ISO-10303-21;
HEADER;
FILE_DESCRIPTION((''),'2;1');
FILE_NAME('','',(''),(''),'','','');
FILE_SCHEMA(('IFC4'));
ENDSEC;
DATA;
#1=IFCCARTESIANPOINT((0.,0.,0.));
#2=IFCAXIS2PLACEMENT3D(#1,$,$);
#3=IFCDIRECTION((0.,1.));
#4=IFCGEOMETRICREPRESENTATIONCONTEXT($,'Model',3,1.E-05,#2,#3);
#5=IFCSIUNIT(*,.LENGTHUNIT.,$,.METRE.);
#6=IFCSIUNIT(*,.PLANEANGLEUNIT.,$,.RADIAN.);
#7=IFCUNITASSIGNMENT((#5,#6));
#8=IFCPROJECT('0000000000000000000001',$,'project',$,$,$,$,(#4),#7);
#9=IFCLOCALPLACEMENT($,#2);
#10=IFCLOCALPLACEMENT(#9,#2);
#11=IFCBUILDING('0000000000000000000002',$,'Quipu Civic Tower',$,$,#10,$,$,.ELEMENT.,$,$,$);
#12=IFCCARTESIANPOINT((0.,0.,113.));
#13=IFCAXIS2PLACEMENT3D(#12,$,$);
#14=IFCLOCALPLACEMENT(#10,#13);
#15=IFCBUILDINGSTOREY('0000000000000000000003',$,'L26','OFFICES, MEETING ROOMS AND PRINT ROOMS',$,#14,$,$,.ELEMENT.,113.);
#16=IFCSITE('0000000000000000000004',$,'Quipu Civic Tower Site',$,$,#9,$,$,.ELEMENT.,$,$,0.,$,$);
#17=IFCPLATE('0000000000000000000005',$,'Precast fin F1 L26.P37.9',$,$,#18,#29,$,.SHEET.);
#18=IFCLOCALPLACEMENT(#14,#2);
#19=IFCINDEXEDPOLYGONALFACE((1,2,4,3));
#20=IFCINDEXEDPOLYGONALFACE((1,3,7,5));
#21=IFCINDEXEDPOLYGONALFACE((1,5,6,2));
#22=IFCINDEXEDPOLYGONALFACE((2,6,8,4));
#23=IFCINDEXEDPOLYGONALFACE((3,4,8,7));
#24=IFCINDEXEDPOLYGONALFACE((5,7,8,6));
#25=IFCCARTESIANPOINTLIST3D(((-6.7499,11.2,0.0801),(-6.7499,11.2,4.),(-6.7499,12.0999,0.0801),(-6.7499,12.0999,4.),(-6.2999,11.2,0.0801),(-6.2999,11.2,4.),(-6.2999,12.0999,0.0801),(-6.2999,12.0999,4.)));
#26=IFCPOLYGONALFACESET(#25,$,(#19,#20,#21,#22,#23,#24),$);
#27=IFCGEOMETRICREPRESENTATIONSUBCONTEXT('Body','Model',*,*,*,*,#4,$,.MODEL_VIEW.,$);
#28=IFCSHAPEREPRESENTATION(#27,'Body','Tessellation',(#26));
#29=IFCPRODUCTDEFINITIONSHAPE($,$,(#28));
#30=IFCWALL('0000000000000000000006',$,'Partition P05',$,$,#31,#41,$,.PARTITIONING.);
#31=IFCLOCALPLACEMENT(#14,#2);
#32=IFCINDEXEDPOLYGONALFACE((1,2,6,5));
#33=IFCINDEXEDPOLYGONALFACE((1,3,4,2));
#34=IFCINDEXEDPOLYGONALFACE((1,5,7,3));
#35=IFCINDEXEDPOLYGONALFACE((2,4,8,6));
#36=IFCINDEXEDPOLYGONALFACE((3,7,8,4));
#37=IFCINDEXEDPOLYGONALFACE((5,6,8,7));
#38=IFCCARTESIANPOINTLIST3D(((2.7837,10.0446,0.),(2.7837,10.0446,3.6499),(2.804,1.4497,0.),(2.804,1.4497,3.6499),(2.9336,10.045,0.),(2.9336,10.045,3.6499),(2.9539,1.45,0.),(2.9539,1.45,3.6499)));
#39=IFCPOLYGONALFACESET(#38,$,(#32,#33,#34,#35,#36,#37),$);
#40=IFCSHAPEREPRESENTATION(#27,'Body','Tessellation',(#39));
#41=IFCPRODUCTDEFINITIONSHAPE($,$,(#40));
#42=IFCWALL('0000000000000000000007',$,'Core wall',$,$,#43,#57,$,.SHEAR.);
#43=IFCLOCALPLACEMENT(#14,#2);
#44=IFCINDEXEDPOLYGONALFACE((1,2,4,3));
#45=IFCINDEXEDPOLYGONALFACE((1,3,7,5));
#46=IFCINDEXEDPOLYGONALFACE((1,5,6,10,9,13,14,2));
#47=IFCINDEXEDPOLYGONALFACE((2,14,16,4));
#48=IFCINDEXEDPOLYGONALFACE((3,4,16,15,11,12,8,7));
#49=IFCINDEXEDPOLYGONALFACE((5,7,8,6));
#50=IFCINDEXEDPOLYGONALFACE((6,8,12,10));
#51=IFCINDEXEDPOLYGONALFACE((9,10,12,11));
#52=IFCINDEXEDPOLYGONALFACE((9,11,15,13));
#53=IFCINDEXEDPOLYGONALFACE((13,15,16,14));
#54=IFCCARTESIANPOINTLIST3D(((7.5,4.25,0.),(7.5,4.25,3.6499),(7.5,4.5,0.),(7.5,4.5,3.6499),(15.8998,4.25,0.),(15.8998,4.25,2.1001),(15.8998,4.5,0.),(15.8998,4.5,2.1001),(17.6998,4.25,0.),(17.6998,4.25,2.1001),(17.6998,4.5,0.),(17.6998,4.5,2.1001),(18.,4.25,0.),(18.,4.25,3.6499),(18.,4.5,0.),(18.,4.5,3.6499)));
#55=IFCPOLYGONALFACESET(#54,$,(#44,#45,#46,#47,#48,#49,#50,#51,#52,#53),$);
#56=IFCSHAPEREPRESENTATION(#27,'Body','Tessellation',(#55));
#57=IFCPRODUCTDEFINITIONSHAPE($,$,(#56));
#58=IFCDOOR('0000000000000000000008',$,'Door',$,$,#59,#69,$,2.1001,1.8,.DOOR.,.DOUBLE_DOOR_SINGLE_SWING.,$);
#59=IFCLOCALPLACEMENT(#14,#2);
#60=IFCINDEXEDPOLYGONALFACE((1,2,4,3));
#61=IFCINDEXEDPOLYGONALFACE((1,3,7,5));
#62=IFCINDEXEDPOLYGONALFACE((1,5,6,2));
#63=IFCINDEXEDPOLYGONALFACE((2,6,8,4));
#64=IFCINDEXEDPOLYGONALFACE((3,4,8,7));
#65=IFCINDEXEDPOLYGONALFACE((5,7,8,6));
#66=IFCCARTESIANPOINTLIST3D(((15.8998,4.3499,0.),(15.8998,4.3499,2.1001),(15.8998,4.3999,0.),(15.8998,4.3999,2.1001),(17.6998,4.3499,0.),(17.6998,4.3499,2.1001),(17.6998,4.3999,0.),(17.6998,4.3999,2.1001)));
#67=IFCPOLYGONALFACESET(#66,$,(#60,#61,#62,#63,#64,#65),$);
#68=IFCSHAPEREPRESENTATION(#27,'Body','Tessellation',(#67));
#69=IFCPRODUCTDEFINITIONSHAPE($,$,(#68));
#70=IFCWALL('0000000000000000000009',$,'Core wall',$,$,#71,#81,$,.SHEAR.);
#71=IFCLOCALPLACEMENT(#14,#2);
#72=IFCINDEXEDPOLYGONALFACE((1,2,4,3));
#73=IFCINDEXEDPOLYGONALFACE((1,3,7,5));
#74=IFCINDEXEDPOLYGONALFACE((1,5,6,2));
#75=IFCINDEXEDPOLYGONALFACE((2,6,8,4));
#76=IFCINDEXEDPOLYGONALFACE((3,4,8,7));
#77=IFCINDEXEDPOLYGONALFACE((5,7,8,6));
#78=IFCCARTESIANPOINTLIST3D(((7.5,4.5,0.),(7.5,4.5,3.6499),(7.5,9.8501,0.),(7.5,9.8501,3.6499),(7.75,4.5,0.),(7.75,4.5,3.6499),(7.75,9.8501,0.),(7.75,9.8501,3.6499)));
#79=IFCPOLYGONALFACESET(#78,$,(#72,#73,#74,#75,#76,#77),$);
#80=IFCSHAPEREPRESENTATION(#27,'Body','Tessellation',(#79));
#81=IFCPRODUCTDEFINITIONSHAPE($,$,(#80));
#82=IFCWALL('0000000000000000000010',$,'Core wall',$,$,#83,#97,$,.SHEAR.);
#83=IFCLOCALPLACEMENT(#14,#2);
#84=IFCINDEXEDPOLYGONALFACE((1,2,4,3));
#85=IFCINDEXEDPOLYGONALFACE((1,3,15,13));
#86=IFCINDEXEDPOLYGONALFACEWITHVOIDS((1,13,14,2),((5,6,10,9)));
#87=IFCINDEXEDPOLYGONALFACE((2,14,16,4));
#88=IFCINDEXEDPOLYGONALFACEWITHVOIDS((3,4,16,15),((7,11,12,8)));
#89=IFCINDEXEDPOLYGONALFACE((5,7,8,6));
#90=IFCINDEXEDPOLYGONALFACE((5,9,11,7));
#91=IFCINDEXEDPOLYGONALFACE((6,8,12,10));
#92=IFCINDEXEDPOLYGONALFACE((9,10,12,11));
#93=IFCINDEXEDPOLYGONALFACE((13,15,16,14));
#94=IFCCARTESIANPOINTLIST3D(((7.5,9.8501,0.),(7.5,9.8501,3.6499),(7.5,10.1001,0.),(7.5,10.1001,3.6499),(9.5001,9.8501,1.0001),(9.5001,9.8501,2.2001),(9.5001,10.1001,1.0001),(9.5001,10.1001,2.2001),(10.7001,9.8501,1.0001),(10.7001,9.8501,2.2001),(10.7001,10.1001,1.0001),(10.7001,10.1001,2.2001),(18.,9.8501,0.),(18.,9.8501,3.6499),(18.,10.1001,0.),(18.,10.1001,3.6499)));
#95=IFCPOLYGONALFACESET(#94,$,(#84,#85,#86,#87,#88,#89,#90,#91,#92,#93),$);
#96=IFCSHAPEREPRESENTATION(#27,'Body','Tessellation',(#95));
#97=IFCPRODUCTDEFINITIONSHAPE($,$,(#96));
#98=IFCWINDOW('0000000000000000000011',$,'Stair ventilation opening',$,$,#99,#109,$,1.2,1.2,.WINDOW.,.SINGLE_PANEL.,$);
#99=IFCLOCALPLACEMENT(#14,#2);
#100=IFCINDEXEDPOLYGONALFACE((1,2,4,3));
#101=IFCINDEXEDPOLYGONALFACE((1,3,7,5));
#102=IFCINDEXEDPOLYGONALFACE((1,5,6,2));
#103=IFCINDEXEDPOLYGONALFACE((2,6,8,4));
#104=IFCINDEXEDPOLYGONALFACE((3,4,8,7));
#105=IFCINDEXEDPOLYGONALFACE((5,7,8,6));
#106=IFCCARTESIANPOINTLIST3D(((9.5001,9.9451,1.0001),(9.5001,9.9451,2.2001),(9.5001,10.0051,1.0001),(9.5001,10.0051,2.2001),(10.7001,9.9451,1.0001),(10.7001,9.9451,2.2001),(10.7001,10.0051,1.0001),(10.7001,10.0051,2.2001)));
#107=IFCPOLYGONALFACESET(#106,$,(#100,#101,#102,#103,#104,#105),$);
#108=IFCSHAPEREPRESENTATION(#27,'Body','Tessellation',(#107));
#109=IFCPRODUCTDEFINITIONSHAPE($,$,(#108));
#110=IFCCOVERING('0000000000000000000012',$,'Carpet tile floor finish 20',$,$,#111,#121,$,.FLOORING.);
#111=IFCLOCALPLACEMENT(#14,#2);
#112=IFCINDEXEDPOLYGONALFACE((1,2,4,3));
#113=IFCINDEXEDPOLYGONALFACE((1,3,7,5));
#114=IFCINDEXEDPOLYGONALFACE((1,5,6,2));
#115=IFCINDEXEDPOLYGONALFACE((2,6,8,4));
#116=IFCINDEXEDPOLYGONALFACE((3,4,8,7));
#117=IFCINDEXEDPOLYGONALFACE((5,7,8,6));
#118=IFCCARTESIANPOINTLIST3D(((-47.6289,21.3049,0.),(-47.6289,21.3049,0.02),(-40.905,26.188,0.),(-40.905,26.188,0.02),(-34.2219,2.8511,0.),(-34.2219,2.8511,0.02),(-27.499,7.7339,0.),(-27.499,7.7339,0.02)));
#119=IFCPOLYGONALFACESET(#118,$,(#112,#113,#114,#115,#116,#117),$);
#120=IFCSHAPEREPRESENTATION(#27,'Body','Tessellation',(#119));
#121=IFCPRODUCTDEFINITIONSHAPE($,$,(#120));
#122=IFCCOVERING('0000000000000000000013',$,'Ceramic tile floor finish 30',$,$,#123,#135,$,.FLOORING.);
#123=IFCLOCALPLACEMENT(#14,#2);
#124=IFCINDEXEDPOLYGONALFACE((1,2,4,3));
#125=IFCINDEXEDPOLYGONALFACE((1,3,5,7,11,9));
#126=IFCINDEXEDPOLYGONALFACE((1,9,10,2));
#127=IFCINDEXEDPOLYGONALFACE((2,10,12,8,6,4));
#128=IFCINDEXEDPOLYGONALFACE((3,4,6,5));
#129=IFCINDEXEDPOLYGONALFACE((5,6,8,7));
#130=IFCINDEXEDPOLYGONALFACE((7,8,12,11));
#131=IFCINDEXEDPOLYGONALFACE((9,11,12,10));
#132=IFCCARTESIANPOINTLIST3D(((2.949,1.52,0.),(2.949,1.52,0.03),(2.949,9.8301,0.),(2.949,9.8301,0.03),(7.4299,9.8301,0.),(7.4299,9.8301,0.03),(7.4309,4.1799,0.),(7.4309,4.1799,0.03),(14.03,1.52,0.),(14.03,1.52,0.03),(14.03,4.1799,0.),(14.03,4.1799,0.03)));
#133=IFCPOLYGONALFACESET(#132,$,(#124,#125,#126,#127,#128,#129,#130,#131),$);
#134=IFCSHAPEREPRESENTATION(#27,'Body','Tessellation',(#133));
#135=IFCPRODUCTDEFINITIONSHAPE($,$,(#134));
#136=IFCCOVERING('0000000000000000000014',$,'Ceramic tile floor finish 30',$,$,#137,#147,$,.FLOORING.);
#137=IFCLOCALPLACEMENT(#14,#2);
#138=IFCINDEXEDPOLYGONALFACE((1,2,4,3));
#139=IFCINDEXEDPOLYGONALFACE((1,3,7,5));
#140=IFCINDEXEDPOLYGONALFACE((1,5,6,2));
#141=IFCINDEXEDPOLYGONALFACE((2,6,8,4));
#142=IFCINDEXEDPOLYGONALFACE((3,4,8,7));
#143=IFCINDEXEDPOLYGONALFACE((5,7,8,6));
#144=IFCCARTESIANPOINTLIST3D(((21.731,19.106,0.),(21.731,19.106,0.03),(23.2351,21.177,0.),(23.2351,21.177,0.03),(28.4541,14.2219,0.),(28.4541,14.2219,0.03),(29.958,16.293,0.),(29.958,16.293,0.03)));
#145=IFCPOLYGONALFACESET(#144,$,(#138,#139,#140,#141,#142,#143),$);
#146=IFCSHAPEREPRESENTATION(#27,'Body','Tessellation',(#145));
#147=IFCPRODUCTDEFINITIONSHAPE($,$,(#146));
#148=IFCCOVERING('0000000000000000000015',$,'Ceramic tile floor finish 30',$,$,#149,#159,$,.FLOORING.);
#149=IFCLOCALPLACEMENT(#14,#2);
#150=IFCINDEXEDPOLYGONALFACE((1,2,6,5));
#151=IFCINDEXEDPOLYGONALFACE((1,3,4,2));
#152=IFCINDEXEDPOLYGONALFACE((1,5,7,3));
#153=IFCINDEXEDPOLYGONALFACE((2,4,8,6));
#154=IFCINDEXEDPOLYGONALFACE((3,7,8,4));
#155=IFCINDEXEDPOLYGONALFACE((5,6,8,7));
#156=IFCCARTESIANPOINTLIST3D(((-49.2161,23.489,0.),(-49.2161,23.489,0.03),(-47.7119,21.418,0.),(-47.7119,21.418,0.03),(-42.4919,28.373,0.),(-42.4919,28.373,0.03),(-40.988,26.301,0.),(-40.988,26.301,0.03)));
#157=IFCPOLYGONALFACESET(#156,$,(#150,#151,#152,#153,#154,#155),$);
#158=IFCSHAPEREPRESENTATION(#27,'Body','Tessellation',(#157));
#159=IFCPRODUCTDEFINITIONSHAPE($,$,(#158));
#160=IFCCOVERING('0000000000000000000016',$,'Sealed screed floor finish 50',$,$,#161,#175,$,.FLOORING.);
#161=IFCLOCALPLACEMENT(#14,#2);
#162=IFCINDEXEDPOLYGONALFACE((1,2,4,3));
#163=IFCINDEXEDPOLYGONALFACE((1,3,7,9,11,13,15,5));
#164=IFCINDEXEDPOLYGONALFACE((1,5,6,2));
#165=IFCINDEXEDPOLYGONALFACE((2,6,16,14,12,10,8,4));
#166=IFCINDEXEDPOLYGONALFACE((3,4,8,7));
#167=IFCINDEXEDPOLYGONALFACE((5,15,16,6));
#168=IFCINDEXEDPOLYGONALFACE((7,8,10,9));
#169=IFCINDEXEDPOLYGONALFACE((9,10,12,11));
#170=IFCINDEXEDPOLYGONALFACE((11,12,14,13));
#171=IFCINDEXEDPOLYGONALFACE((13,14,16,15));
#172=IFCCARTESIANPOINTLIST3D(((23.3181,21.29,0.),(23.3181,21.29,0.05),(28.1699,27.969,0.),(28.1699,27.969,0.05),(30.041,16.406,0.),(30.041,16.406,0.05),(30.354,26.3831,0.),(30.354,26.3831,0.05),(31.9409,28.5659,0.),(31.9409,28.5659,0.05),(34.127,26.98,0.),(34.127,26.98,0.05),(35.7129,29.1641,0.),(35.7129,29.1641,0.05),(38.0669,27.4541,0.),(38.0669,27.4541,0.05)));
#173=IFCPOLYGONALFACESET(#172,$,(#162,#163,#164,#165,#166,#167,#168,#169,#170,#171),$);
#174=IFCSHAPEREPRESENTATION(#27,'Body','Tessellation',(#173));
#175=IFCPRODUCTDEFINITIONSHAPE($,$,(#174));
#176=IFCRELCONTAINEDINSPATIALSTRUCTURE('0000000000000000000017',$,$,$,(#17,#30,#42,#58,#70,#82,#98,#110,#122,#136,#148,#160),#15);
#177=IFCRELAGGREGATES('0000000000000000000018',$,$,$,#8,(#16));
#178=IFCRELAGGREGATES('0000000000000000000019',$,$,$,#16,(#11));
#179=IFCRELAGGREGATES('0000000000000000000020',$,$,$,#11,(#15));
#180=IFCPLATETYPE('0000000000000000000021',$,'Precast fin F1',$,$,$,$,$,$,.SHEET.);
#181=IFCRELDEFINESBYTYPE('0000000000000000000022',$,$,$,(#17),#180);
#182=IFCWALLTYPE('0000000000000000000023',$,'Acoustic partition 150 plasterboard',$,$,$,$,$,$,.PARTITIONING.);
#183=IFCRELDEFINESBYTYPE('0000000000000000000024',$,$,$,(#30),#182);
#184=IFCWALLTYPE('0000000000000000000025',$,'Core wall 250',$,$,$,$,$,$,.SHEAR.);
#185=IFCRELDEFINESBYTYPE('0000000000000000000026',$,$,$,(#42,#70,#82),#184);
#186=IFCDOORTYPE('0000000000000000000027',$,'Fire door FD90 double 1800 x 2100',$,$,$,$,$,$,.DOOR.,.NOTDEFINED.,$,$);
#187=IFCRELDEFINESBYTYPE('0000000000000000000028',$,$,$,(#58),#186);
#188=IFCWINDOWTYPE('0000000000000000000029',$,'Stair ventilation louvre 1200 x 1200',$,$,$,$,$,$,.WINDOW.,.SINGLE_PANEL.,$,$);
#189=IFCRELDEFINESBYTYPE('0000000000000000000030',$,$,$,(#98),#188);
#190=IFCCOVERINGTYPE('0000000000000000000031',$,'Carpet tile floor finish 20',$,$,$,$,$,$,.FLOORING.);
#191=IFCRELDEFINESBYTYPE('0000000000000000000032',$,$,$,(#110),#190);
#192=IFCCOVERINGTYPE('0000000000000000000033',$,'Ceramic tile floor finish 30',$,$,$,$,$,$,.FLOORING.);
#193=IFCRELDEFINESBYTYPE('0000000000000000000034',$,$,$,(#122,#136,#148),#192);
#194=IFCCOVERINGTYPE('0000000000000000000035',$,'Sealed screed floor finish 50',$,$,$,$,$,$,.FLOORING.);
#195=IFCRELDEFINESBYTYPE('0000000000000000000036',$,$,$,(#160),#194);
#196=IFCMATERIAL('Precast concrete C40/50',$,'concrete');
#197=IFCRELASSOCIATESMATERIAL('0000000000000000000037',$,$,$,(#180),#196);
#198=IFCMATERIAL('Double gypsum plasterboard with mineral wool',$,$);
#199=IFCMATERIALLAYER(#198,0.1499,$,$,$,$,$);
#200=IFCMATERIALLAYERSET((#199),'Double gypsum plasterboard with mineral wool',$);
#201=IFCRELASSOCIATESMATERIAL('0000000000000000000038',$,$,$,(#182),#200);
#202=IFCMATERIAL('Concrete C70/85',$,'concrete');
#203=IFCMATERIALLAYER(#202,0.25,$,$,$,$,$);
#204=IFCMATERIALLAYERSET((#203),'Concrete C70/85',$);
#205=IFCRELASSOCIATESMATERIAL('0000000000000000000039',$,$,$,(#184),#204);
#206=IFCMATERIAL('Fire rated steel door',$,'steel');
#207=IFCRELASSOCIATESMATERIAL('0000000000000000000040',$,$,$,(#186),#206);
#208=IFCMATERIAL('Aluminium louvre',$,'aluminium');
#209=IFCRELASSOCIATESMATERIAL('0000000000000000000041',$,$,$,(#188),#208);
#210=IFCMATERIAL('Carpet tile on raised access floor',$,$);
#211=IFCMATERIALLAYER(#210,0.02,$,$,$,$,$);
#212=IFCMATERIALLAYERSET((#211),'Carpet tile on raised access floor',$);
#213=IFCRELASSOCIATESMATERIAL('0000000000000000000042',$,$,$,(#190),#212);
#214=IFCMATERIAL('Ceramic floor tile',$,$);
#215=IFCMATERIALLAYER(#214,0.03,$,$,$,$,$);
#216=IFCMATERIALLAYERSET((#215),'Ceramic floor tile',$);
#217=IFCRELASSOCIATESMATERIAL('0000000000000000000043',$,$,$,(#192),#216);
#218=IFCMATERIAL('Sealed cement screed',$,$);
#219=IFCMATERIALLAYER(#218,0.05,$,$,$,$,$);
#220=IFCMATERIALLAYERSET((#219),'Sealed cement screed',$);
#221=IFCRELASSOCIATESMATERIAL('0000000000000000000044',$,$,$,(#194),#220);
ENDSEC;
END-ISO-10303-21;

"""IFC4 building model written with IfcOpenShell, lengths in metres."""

from ifc_helpers import new_model, si_unit, direction, frame, frame_2d, origin, origin_2d, place, context, subcontext, project, spatial, polyline, rectangle, outline, extrude, material, layer, layer_set, type_object, element, fill, save


model = new_model("IFC4")

# Units and contexts
model_context = context("Model", 3, precision=1e-05, world=origin(), true_north=direction((0.0, 1.0)))
body_context = subcontext(model_context, "Body", "Model", "MODEL_VIEW")
ifc_project = project(units=[si_unit("LENGTHUNIT", "METRE"), si_unit("PLANEANGLEUNIT", "RADIAN")], contexts=[model_context])

# Site, building, storey
site_placement = place(None, origin())
site = spatial("IfcSite", under=ifc_project, at=site_placement, Name="Quipu Civic Tower Site", CompositionType="ELEMENT", RefElevation=0.0)
building_placement = place(site_placement, origin())
building = spatial("IfcBuilding", under=site, at=building_placement, Name="Quipu Civic Tower", CompositionType="ELEMENT")
storey_placement = place(building_placement, frame((0.0, 0.0, 113.0)))
storey = spatial("IfcBuildingStorey", under=building, at=storey_placement, Name="L26", Description="OFFICES, MEETING ROOMS AND PRINT ROOMS", CompositionType="ELEMENT", Elevation=113.0)

# Plate
ifc_material_1 = material(Name="Precast concrete C40/50", Category="concrete")
plate_type_1 = type_object("IfcPlateType", Name="Precast fin F1", PredefinedType="SHEET", material=ifc_material_1)
for number, where, z_axis, x_axis, name in (
    (1, (-6.5249, 11.6499, 0.0801), (0.0, 0.0, 1.0), (-1.0, 0.0, 0.0), "Precast fin F1 L26.P37.9"),
):
    element("IfcPlate", number, at=place(storey_placement, frame(where, z_axis=z_axis, x_axis=x_axis)), inside=storey, type_object=plate_type_1, Name=name, PredefinedType="SHEET", context=body_context, shape_type="SweptSolid", body=[
        extrude(rectangle(XDim=0.45, YDim=0.8999, at=origin_2d()), origin(), (0.0, 0.0, 1.0), 3.9199),
    ])

# Wall
ifc_material_2 = material(Name="Double gypsum plasterboard with mineral wool")
ifc_layer_1 = layer(ifc_material_2, 0.1499)
ifc_layer_set_1 = layer_set([ifc_layer_1], Name="Double gypsum plasterboard with mineral wool")
wall_type_1 = type_object("IfcWallType", Name="Acoustic partition 150 plasterboard", PredefinedType="PARTITIONING", material=ifc_layer_set_1)
wall_1_placement = place(storey_placement, frame((2.8789, 1.45, 0.0), z_axis=(0.0, 0.0, 1.0), x_axis=(-0.002358, 0.999997, 0.0)))
element("IfcWall", 2, at=wall_1_placement, inside=storey, type_object=wall_type_1, Name="Partition P05", PredefinedType="PARTITIONING", context=body_context, shape_type="SweptSolid", body=[
    extrude(rectangle(XDim=8.595, YDim=0.1499, at=frame_2d((4.2974, 0.0))), origin(), (0.0, 0.0, 1.0), 3.6499),
])

# Wall, opening, door
ifc_material_3 = material(Name="Concrete C70/85", Category="concrete")
ifc_layer_2 = layer(ifc_material_3, 0.25)
ifc_layer_set_2 = layer_set([ifc_layer_2], Name="Concrete C70/85")
wall_type_2 = type_object("IfcWallType", Name="Core wall 250", PredefinedType="SHEAR", material=ifc_layer_set_2)
wall_2_placement = place(storey_placement, frame((7.5, 4.375, 0.0), z_axis=(0.0, 0.0, 1.0), x_axis=(1.0, 0.0, 0.0)))
wall_2 = element("IfcWall", 3, at=wall_2_placement, inside=storey, type_object=wall_type_2, Name="Core wall", PredefinedType="SHEAR", context=body_context, shape_type="SweptSolid", body=[
    extrude(rectangle(XDim=10.5, YDim=0.25, at=frame_2d((5.25, 0.0))), origin(), (0.0, 0.0, 1.0), 3.6499),
])
opening_1_placement = place(wall_2_placement, frame((8.3999, 0.0, 0.0)))
opening_1 = element("IfcOpeningElement", 4, at=opening_1_placement, cuts=wall_2, PredefinedType="OPENING", context=body_context, shape_type="SweptSolid", body=[
    extrude(rectangle(XDim=1.8, YDim=2.1001, at=frame_2d((0.8999, 1.05))), frame((0.0, 0.135, 0.0), z_axis=(0.0, -1.0, 0.0), x_axis=(1.0, 0.0, 0.0)), (0.0, 0.0, 1.0), 0.27),
])
ifc_material_4 = material(Name="Fire rated steel door", Category="steel")
door_type = type_object("IfcDoorType", Name="Fire door FD90 double 1800 x 2100", OperationType="NOTDEFINED", PredefinedType="DOOR", material=ifc_material_4)
door_placement = place(opening_1_placement, origin())
door = element("IfcDoor", 5, at=door_placement, inside=storey, type_object=door_type, Name="Door", OperationType="DOUBLE_DOOR_SINGLE_SWING", OverallHeight=2.1001, OverallWidth=1.8, PredefinedType="DOOR", context=body_context, shape_type="SweptSolid", body=[
    extrude(rectangle(XDim=1.8, YDim=2.1001, at=frame_2d((0.8999, 1.05))), frame((0.0, 0.0249, 0.0), z_axis=(0.0, -1.0, 0.0), x_axis=(1.0, 0.0, 0.0)), (0.0, 0.0, 1.0), 0.05),
])
fill(opening_1, door)

# Wall
wall_3_placement = place(storey_placement, frame((7.625, 4.5, 0.0), z_axis=(0.0, 0.0, 1.0), x_axis=(0.0, 1.0, 0.0)))
element("IfcWall", 6, at=wall_3_placement, inside=storey, type_object=wall_type_2, Name="Core wall", PredefinedType="SHEAR", context=body_context, shape_type="SweptSolid", body=[
    extrude(rectangle(XDim=5.3501, YDim=0.25, at=frame_2d((2.675, 0.0))), origin(), (0.0, 0.0, 1.0), 3.6499),
])

# Wall, opening, window
wall_4_placement = place(storey_placement, frame((7.5, 9.9751, 0.0), z_axis=(0.0, 0.0, 1.0), x_axis=(1.0, 0.0, 0.0)))
wall_4 = element("IfcWall", 7, at=wall_4_placement, inside=storey, type_object=wall_type_2, Name="Core wall", PredefinedType="SHEAR", context=body_context, shape_type="SweptSolid", body=[
    extrude(rectangle(XDim=10.5, YDim=0.25, at=frame_2d((5.25, 0.0))), origin(), (0.0, 0.0, 1.0), 3.6499),
])
opening_2_placement = place(wall_4_placement, frame((2.0, 0.0, 1.0)))
opening_2 = element("IfcOpeningElement", 8, at=opening_2_placement, cuts=wall_4, PredefinedType="OPENING", context=body_context, shape_type="SweptSolid", body=[
    extrude(rectangle(XDim=1.2, YDim=1.2, at=frame_2d((0.6001, 0.6001))), frame((0.0, 0.135, 0.0), z_axis=(0.0, -1.0, 0.0), x_axis=(1.0, 0.0, 0.0)), (0.0, 0.0, 1.0), 0.27),
])
ifc_material_5 = material(Name="Aluminium louvre", Category="aluminium")
window_type = type_object("IfcWindowType", Name="Stair ventilation louvre 1200 x 1200", PartitioningType="SINGLE_PANEL", PredefinedType="WINDOW", material=ifc_material_5)
window_placement = place(opening_2_placement, origin())
window = element("IfcWindow", 9, at=window_placement, inside=storey, type_object=window_type, Name="Stair ventilation opening", OverallHeight=1.2, OverallWidth=1.2, PartitioningType="SINGLE_PANEL", PredefinedType="WINDOW", context=body_context, shape_type="SweptSolid", body=[
    extrude(rectangle(XDim=1.2, YDim=1.2, at=frame_2d((0.6001, 0.6001))), frame((0.0, 0.03, 0.0), z_axis=(0.0, -1.0, 0.0), x_axis=(1.0, 0.0, 0.0)), (0.0, 0.0, 1.0), 0.0601),
])
fill(opening_2, window)

# Coverings
ifc_material_6 = material(Name="Carpet tile on raised access floor")
ifc_layer_3 = layer(ifc_material_6, 0.02)
ifc_layer_set_3 = layer_set([ifc_layer_3], Name="Carpet tile on raised access floor")
covering_type_1 = type_object("IfcCoveringType", Name="Carpet tile floor finish 20", PredefinedType="FLOORING", material=ifc_layer_set_3)
covering_1_placement = place(storey_placement, origin())
element("IfcCovering", 10, at=covering_1_placement, inside=storey, type_object=covering_type_1, Name="Carpet tile floor finish 20", PredefinedType="FLOORING", context=body_context, shape_type="SweptSolid", body=[
    extrude(outline(polyline([(-47.6289, 21.3049), (-40.905, 26.188), (-27.499, 7.7339), (-34.2219, 2.8511), (-47.6289, 21.3049)])), origin(), (0.0, 0.0, 1.0), 0.02),
])
ifc_material_7 = material(Name="Ceramic floor tile")
ifc_layer_4 = layer(ifc_material_7, 0.03)
ifc_layer_set_4 = layer_set([ifc_layer_4], Name="Ceramic floor tile")
covering_type_2 = type_object("IfcCoveringType", Name="Ceramic tile floor finish 30", PredefinedType="FLOORING", material=ifc_layer_set_4)
covering_2_placement = place(storey_placement, origin())
element("IfcCovering", 11, at=covering_2_placement, inside=storey, type_object=covering_type_2, Name="Ceramic tile floor finish 30", PredefinedType="FLOORING", context=body_context, shape_type="SweptSolid", body=[
    extrude(outline(polyline([(2.949, 1.52), (2.949, 9.8301), (7.4299, 9.8301), (7.4309, 4.1799), (14.03, 4.1799), (14.03, 1.52), (2.949, 1.52)])), origin(), (0.0, 0.0, 1.0), 0.03),
])
covering_3_placement = place(storey_placement, origin())
element("IfcCovering", 12, at=covering_3_placement, inside=storey, type_object=covering_type_2, Name="Ceramic tile floor finish 30", PredefinedType="FLOORING", context=body_context, shape_type="SweptSolid", body=[
    extrude(outline(polyline([(21.731, 19.106), (23.2351, 21.177), (29.958, 16.293), (28.4541, 14.2219), (21.731, 19.106)])), origin(), (0.0, 0.0, 1.0), 0.03),
])
covering_4_placement = place(storey_placement, origin())
element("IfcCovering", 13, at=covering_4_placement, inside=storey, type_object=covering_type_2, Name="Ceramic tile floor finish 30", PredefinedType="FLOORING", context=body_context, shape_type="SweptSolid", body=[
    extrude(outline(polyline([(-49.2161, 23.489), (-42.4919, 28.373), (-40.988, 26.301), (-47.7119, 21.418), (-49.2161, 23.489)])), origin(), (0.0, 0.0, 1.0), 0.03),
])
ifc_material_8 = material(Name="Sealed cement screed")
ifc_layer_5 = layer(ifc_material_8, 0.05)
ifc_layer_set_5 = layer_set([ifc_layer_5], Name="Sealed cement screed")
covering_type_3 = type_object("IfcCoveringType", Name="Sealed screed floor finish 50", PredefinedType="FLOORING", material=ifc_layer_set_5)
covering_5_placement = place(storey_placement, origin())
element("IfcCovering", 14, at=covering_5_placement, inside=storey, type_object=covering_type_3, Name="Sealed screed floor finish 50", PredefinedType="FLOORING", context=body_context, shape_type="SweptSolid", body=[
    extrude(outline(polyline([(23.3181, 21.29), (28.1699, 27.969), (30.354, 26.3831), (31.9409, 28.5659), (34.127, 26.98), (35.7129, 29.1641), (38.0669, 27.4541), (30.041, 16.406), (23.3181, 21.29)])), origin(), (0.0, 0.0, 1.0), 0.05),
])

save(model, "model.ifc")
